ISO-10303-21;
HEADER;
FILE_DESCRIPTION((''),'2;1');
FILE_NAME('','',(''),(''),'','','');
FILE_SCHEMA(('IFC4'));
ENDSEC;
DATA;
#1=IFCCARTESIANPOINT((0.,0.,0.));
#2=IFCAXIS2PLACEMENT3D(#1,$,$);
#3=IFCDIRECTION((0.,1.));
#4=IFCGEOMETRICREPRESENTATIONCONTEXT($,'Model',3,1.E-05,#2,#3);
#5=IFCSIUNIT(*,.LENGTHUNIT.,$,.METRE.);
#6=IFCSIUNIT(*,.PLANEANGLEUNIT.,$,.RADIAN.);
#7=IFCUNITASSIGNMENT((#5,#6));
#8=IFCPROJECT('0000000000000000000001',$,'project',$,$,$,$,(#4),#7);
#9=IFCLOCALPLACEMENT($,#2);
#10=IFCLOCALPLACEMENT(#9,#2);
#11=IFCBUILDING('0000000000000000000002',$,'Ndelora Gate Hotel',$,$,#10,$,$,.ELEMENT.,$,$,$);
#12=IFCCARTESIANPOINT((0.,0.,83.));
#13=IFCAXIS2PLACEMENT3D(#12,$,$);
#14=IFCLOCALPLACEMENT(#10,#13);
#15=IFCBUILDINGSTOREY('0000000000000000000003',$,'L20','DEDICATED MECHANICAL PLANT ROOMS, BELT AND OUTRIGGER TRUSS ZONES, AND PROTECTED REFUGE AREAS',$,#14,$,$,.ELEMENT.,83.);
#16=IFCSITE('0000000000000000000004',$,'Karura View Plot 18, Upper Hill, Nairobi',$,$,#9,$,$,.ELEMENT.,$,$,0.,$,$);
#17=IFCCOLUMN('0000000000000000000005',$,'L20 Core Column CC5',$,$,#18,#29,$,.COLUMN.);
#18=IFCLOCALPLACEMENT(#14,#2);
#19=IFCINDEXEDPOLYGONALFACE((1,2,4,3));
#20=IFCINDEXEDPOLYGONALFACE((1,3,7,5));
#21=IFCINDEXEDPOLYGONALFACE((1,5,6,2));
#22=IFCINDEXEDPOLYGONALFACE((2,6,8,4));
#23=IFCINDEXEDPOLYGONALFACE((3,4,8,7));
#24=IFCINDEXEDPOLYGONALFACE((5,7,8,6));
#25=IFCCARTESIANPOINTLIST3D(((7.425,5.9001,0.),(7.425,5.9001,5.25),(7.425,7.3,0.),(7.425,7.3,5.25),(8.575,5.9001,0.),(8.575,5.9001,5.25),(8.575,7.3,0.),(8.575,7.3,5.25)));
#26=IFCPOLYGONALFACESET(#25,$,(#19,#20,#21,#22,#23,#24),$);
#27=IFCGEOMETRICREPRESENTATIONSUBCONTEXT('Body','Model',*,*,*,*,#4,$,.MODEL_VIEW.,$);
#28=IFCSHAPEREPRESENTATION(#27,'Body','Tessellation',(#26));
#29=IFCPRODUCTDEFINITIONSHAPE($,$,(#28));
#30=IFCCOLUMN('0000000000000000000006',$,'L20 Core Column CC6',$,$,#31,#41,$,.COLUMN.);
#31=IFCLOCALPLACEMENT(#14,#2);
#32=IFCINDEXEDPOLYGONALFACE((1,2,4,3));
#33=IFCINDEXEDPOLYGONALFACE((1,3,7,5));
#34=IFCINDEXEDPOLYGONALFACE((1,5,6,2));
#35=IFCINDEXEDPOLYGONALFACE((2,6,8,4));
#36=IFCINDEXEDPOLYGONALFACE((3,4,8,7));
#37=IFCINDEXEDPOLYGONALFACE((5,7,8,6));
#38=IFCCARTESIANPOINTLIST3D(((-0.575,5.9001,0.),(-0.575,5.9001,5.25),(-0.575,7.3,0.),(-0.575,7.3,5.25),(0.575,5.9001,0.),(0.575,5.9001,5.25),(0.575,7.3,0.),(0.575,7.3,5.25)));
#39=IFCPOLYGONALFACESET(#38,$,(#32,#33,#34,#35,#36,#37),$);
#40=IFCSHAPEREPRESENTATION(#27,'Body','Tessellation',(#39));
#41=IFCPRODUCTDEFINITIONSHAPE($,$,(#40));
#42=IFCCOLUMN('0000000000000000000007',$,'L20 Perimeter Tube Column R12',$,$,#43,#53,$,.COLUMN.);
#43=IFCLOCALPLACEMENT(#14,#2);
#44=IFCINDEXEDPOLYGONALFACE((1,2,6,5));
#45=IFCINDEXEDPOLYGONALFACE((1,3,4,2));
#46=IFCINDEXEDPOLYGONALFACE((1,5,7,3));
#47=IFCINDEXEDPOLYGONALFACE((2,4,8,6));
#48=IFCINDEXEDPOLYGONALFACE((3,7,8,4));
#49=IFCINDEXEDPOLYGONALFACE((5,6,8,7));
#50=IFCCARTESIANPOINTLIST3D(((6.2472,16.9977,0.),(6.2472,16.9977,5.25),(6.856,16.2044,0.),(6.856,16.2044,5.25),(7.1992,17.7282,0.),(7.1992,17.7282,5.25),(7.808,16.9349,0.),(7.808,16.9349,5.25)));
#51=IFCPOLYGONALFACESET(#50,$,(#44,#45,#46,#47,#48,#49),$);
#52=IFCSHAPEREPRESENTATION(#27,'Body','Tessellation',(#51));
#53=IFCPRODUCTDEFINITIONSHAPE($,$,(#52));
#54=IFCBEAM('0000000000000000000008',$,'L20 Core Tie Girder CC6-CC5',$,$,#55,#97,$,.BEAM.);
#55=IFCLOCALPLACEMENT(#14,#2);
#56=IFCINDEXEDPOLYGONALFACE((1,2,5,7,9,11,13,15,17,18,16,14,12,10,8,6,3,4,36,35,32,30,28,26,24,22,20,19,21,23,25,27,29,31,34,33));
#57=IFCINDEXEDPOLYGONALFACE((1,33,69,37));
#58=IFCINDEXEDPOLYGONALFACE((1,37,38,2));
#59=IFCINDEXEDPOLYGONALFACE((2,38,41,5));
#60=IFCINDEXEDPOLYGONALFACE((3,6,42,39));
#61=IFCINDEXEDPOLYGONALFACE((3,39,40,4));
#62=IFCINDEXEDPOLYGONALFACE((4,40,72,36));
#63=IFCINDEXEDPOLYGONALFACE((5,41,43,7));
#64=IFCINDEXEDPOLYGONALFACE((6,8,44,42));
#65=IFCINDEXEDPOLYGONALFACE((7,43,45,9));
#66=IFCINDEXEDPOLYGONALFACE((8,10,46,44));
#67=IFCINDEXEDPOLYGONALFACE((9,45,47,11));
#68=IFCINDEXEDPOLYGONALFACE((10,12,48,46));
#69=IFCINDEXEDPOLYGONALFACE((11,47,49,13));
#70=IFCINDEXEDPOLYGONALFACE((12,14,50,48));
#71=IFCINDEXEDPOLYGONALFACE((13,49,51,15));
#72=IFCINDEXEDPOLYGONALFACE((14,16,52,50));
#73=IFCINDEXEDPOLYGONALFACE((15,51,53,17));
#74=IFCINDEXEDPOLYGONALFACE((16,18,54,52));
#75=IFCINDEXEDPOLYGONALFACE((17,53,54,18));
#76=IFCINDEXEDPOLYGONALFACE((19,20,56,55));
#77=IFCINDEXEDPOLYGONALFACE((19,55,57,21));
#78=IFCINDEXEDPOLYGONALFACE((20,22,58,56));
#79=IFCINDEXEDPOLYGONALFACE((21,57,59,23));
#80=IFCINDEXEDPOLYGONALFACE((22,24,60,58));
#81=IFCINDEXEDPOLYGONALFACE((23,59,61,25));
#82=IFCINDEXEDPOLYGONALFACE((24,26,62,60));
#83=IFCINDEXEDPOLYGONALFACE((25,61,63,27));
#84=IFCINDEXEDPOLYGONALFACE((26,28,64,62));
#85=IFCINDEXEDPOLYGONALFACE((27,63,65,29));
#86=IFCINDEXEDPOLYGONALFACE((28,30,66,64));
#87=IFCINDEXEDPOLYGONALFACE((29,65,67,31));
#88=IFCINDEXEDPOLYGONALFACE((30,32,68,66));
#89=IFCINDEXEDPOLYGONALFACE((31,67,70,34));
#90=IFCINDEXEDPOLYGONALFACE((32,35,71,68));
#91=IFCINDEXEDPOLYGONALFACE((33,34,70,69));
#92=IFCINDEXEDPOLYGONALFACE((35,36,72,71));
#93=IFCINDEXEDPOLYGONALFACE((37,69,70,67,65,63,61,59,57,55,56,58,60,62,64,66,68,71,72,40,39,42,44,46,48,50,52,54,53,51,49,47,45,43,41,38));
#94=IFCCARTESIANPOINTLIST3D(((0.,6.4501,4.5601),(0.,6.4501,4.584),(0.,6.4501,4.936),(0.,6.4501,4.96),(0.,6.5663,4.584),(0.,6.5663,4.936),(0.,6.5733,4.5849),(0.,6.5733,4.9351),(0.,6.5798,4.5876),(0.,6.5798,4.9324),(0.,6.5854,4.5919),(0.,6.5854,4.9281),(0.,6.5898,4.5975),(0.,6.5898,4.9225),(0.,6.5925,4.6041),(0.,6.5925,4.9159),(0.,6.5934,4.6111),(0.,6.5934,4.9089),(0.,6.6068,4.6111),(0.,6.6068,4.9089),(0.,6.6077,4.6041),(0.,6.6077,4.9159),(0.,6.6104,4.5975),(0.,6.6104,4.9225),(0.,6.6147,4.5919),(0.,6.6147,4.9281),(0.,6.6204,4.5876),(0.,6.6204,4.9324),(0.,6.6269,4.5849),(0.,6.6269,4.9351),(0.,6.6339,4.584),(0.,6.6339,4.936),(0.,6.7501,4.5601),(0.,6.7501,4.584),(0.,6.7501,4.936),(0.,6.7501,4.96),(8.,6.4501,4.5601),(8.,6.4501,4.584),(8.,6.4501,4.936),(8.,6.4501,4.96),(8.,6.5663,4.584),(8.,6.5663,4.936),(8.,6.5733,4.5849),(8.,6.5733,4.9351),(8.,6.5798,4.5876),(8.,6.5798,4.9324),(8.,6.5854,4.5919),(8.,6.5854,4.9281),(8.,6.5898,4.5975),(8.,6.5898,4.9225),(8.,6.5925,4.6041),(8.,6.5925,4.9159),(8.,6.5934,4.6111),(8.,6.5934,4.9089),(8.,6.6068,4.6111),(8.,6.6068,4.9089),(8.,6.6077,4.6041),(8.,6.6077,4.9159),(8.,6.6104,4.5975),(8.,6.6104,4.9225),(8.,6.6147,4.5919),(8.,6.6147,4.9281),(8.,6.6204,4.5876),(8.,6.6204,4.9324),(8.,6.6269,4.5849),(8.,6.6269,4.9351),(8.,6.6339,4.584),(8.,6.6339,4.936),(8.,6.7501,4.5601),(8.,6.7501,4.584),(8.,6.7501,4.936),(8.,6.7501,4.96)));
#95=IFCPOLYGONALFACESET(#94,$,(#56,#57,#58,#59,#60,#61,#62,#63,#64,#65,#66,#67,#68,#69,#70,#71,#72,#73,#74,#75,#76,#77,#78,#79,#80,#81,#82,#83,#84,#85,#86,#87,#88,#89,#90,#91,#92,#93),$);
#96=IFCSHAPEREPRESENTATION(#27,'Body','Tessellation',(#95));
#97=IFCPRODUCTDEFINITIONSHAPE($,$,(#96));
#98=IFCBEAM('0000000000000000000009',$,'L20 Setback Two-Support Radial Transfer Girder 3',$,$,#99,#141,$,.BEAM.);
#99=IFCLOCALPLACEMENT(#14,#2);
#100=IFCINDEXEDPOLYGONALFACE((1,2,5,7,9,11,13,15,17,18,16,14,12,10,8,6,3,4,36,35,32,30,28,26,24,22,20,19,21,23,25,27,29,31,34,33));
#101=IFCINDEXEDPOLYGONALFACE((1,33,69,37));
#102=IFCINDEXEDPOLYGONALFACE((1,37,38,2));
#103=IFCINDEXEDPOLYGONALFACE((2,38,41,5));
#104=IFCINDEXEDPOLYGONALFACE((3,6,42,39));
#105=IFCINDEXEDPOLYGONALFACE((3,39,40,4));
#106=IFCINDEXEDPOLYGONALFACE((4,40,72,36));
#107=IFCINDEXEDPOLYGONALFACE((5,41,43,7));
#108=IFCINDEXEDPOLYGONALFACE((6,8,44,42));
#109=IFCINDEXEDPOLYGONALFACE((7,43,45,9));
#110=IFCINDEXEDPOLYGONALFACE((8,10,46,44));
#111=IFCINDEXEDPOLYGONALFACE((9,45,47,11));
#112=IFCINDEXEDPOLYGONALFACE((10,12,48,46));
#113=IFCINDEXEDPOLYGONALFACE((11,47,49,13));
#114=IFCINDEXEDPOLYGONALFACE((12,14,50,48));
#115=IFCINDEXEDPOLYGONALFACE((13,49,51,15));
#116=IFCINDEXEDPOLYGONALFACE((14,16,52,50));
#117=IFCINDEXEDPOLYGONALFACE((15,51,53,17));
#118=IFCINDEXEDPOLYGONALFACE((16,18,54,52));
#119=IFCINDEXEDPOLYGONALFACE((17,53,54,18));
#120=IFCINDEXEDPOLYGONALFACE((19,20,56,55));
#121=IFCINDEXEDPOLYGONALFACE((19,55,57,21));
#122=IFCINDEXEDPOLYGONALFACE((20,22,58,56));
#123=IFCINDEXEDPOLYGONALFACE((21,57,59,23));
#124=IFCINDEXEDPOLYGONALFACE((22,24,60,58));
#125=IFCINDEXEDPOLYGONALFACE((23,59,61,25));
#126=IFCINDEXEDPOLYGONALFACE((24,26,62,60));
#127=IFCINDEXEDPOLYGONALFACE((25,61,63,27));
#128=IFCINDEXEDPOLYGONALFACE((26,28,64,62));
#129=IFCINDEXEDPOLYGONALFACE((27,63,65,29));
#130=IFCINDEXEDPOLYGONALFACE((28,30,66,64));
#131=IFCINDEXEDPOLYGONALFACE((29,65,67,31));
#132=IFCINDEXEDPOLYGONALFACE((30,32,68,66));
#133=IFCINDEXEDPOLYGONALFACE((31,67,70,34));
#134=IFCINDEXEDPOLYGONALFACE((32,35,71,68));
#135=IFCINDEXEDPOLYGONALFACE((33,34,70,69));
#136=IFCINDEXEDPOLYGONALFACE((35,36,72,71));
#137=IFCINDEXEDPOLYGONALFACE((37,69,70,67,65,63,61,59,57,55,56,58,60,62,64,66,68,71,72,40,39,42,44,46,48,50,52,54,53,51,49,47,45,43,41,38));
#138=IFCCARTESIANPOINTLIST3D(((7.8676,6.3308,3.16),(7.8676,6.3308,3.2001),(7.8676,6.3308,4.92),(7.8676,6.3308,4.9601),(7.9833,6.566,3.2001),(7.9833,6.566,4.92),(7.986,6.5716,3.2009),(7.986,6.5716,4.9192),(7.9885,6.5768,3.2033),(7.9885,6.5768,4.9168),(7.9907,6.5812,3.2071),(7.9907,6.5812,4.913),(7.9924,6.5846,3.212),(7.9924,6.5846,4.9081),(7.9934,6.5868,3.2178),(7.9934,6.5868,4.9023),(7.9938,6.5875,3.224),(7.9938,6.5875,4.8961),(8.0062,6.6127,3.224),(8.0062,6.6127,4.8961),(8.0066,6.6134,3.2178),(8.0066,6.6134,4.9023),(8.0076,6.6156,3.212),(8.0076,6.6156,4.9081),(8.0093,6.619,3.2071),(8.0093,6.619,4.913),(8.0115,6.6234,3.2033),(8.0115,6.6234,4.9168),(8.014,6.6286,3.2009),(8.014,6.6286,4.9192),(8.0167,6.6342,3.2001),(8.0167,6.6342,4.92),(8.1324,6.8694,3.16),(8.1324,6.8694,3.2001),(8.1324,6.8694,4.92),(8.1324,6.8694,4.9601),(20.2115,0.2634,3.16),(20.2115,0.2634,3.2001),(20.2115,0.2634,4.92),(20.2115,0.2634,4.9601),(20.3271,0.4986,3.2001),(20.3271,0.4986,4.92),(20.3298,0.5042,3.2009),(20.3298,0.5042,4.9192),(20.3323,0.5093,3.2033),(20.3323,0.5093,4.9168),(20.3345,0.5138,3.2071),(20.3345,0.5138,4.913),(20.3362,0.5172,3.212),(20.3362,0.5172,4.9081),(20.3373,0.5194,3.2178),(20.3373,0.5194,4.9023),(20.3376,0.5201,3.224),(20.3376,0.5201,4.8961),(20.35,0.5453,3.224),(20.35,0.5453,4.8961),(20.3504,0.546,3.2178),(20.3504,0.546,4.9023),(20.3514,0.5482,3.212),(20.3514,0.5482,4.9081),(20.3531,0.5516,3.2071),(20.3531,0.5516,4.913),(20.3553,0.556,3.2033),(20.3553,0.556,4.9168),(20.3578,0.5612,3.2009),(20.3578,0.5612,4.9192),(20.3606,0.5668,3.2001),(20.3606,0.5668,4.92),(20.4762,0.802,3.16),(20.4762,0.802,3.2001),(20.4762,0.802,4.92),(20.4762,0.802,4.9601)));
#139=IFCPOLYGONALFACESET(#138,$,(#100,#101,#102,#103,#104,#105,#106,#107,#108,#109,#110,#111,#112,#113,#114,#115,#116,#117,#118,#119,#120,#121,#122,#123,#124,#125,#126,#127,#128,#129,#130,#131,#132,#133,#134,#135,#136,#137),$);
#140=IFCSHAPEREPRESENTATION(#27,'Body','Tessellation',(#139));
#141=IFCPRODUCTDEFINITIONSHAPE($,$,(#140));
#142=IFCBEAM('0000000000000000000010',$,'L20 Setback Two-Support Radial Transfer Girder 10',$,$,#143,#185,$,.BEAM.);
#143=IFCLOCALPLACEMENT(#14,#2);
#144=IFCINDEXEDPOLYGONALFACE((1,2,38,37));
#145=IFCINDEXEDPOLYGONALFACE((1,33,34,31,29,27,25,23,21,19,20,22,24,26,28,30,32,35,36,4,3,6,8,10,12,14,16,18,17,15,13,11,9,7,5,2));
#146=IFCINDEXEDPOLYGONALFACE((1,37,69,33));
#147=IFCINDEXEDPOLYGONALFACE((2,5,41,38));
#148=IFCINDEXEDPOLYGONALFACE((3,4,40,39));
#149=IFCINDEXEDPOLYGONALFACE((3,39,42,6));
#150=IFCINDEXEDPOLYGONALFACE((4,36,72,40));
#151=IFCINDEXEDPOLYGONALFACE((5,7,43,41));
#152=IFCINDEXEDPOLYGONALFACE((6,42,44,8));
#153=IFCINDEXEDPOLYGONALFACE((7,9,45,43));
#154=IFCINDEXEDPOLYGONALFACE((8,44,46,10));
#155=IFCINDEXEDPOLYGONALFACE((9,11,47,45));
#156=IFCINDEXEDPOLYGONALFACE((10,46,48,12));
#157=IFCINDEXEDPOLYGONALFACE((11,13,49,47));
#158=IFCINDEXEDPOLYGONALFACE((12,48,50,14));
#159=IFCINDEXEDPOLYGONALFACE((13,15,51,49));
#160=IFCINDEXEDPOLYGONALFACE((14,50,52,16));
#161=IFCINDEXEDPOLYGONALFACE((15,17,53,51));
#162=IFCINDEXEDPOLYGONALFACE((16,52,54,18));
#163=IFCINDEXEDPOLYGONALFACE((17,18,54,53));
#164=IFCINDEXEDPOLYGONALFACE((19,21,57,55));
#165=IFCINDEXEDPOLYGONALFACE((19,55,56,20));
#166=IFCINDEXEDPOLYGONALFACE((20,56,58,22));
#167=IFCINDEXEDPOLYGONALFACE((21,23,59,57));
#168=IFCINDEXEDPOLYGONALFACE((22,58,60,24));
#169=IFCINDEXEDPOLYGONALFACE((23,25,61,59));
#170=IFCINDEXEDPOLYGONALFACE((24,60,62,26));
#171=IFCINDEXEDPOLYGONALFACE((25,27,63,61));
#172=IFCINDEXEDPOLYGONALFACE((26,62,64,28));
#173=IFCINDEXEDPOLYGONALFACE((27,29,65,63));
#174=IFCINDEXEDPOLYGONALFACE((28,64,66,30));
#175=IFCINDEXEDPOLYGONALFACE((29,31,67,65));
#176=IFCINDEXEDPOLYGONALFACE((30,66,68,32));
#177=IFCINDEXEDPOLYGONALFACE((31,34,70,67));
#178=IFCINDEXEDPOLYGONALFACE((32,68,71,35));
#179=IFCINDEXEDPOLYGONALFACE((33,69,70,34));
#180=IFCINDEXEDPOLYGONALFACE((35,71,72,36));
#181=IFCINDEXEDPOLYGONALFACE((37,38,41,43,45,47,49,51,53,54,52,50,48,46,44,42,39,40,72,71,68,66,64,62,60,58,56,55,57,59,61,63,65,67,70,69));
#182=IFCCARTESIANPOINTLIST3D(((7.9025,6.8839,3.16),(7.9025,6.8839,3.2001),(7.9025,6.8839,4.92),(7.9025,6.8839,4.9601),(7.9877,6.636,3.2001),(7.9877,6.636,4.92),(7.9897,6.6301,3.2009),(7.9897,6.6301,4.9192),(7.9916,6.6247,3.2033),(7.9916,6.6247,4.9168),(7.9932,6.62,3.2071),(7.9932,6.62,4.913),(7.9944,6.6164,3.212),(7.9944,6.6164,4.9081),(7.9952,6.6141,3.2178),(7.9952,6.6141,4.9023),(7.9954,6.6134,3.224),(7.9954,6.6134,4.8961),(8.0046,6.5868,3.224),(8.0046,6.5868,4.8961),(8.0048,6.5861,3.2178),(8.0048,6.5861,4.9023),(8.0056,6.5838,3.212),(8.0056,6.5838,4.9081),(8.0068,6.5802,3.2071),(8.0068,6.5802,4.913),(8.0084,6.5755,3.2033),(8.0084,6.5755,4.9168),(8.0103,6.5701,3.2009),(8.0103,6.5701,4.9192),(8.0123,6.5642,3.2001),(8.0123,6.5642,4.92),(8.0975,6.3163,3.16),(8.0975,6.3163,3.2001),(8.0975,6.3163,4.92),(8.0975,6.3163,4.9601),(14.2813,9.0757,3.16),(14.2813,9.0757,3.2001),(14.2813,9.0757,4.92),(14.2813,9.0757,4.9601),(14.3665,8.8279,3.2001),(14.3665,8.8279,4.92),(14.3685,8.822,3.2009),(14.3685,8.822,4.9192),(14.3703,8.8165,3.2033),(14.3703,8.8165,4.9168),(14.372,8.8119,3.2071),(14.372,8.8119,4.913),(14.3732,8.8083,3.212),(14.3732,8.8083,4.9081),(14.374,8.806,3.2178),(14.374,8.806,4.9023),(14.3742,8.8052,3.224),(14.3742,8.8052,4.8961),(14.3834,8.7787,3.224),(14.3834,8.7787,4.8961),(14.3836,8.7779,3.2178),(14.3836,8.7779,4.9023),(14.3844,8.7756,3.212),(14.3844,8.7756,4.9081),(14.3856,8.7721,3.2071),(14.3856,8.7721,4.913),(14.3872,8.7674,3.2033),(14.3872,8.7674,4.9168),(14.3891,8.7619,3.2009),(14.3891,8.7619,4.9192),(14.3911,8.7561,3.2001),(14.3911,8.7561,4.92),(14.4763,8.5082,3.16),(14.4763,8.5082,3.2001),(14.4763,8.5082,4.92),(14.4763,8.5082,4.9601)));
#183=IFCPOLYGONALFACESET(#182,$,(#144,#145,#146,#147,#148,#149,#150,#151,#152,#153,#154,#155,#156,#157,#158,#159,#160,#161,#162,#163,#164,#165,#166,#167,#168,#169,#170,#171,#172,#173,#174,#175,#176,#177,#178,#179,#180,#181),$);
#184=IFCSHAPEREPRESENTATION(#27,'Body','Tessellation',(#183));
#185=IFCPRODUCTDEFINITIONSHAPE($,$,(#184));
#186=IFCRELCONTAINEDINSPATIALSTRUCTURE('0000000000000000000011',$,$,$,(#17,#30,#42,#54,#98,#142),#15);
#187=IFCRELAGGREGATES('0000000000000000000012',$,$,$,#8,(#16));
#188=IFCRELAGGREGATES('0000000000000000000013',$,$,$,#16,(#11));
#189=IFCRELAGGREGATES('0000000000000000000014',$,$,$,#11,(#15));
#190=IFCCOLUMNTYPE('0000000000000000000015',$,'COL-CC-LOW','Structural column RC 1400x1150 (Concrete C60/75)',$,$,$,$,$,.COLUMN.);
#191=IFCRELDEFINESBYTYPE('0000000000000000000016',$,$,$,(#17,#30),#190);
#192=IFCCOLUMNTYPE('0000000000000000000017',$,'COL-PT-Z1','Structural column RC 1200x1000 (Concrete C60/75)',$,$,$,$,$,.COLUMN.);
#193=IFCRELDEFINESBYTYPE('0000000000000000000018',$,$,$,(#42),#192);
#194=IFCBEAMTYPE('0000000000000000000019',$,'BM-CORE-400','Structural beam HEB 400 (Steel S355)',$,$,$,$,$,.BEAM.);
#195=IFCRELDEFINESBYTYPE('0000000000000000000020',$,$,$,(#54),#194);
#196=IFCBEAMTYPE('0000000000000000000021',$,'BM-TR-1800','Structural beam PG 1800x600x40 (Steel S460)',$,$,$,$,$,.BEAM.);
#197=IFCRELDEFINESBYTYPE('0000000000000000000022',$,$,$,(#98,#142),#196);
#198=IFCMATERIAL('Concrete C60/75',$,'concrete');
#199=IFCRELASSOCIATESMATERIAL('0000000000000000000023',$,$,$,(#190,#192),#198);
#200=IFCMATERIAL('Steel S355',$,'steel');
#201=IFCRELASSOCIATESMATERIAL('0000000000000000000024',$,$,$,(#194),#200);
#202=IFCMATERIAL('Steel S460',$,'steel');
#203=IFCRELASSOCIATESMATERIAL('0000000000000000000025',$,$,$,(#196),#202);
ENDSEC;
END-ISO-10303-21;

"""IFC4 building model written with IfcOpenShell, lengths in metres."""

from ifc_helpers import new_model, si_unit, direction, frame, origin, origin_2d, place, context, subcontext, project, spatial, rectangle, i_section, extrude, material, material_profile, profile_set, type_object, element, save


model = new_model("IFC4")

# Units and contexts
model_context = context("Model", 3, precision=1e-05, world=origin(), true_north=direction((0.0, 1.0)))
body_context = subcontext(model_context, "Body", "Model", "MODEL_VIEW")
ifc_project = project(units=[si_unit("LENGTHUNIT", "METRE"), si_unit("PLANEANGLEUNIT", "RADIAN")], contexts=[model_context])

# Site, building, storey
site_placement = place(None, origin())
site = spatial("IfcSite", under=ifc_project, at=site_placement, Name="Karura View Plot 18, Upper Hill, Nairobi", CompositionType="ELEMENT", RefElevation=0.0)
building_placement = place(site_placement, origin())
building = spatial("IfcBuilding", under=site, at=building_placement, Name="Ndelora Gate Hotel", CompositionType="ELEMENT")
storey_placement = place(building_placement, frame((0.0, 0.0, 83.0)))
storey = spatial("IfcBuildingStorey", under=building, at=storey_placement, Name="L20", Description="DEDICATED MECHANICAL PLANT ROOMS, BELT AND OUTRIGGER TRUSS ZONES, AND PROTECTED REFUGE AREAS", CompositionType="ELEMENT", Elevation=83.0)

# Columns
ifc_material_1 = material(Name="Concrete C60/75", Category="concrete")
ifc_material_profile_1 = material_profile(ifc_material_1, rectangle(XDim=1.1499, YDim=1.3999, at=origin_2d()), Name="RC 1400x1150")
ifc_profile_set_1 = profile_set([ifc_material_profile_1], Name="Concrete C60/75")
column_type_1 = type_object("IfcColumnType", Name="COL-CC-LOW", Description="Structural column RC 1400x1150 (Concrete C60/75)", PredefinedType="COLUMN", material=ifc_profile_set_1)
for number, where, z_axis, x_axis, name in (
    (1, (8.0, 6.6001, 0.0), (0.0, 0.0, 1.0), (1.0, 0.0, 0.0), "L20 Core Column CC5"),
    (2, (0.0, 6.6001, 0.0), (0.0, 0.0, 1.0), (1.0, 0.0, 0.0), "L20 Core Column CC6"),
):
    element("IfcColumn", number, at=place(storey_placement, frame(where, z_axis=z_axis, x_axis=x_axis)), inside=storey, type_object=column_type_1, Name=name, PredefinedType="COLUMN", context=body_context, shape_type="SweptSolid", body=[
        extrude(rectangle(XDim=1.1499, YDim=1.3999, at=origin_2d()), origin(), (0.0, 0.0, 1.0), 5.25),
    ])
ifc_material_profile_2 = material_profile(ifc_material_1, rectangle(XDim=1.0, YDim=1.2, at=origin_2d()), Name="RC 1200x1000")
ifc_profile_set_2 = profile_set([ifc_material_profile_2], Name="Concrete C60/75")
column_type_2 = type_object("IfcColumnType", Name="COL-PT-Z1", Description="Structural column RC 1200x1000 (Concrete C60/75)", PredefinedType="COLUMN", material=ifc_profile_set_2)
column_placement = place(storey_placement, frame((7.0276, 16.9663, 0.0), z_axis=(0.0, 0.0, 1.0), x_axis=(-0.608761, 0.793353, 0.0)))
element("IfcColumn", 3, at=column_placement, inside=storey, type_object=column_type_2, Name="L20 Perimeter Tube Column R12", PredefinedType="COLUMN", context=body_context, shape_type="SweptSolid", body=[
    extrude(rectangle(XDim=1.0, YDim=1.2, at=origin_2d()), origin(), (0.0, 0.0, 1.0), 5.25),
])

# Beams
ifc_material_2 = material(Name="Steel S355", Category="steel")
ifc_material_profile_3 = material_profile(ifc_material_2, i_section(OverallWidth=0.3, OverallDepth=0.3999, WebThickness=0.0134, FlangeThickness=0.0239, FilletRadius=0.0271, at=origin_2d()), Name="HEB 400")
ifc_profile_set_3 = profile_set([ifc_material_profile_3], Name="Steel S355")
beam_type_1 = type_object("IfcBeamType", Name="BM-CORE-400", Description="Structural beam HEB 400 (Steel S355)", PredefinedType="BEAM", material=ifc_profile_set_3)
beam_1_placement = place(storey_placement, frame((0.0, 6.6001, 4.76), z_axis=(1.0, 0.0, 0.0), x_axis=(0.0, 1.0, 0.0)))
element("IfcBeam", 4, at=beam_1_placement, inside=storey, type_object=beam_type_1, Name="L20 Core Tie Girder CC6-CC5", PredefinedType="BEAM", context=body_context, shape_type="SweptSolid", body=[
    extrude(i_section(OverallWidth=0.3, OverallDepth=0.3999, WebThickness=0.0134, FlangeThickness=0.0239, FilletRadius=0.0271, at=origin_2d()), origin(), (0.0, 0.0, 1.0), 8.0),
])
ifc_material_3 = material(Name="Steel S460", Category="steel")
ifc_material_profile_4 = material_profile(ifc_material_3, i_section(OverallWidth=0.6001, OverallDepth=1.8, WebThickness=0.0281, FlangeThickness=0.04, FilletRadius=0.0239, at=origin_2d()), Name="PG 1800x600x40")
ifc_profile_set_4 = profile_set([ifc_material_profile_4], Name="Steel S460")
beam_type_2 = type_object("IfcBeamType", Name="BM-TR-1800", Description="Structural beam PG 1800x600x40 (Steel S460)", PredefinedType="BEAM", material=ifc_profile_set_4)
beam_2_placement = place(storey_placement, frame((8.0, 6.6001, 4.0601), z_axis=(0.897445, -0.441126, 0.0), x_axis=(0.441126, 0.897445, 0.0)))
element("IfcBeam", 5, at=beam_2_placement, inside=storey, type_object=beam_type_2, Name="L20 Setback Two-Support Radial Transfer Girder 3", PredefinedType="BEAM", context=body_context, shape_type="SweptSolid", body=[
    extrude(i_section(OverallWidth=0.6001, OverallDepth=1.8, WebThickness=0.0281, FlangeThickness=0.04, FilletRadius=0.0239, at=origin_2d()), origin(), (0.0, 0.0, 1.0), 13.7544),
])
beam_3_placement = place(storey_placement, frame((8.0, 6.6001, 4.0601), z_axis=(0.945726, 0.324966, 0.0), x_axis=(-0.324966, 0.945726, 0.0)))
element("IfcBeam", 6, at=beam_3_placement, inside=storey, type_object=beam_type_2, Name="L20 Setback Two-Support Radial Transfer Girder 10", PredefinedType="BEAM", context=body_context, shape_type="SweptSolid", body=[
    extrude(i_section(OverallWidth=0.6001, OverallDepth=1.8, WebThickness=0.0281, FlangeThickness=0.04, FilletRadius=0.0239, at=origin_2d()), origin(), (0.0, 0.0, 1.0), 6.7449),
])

save(model, "model.ifc")
